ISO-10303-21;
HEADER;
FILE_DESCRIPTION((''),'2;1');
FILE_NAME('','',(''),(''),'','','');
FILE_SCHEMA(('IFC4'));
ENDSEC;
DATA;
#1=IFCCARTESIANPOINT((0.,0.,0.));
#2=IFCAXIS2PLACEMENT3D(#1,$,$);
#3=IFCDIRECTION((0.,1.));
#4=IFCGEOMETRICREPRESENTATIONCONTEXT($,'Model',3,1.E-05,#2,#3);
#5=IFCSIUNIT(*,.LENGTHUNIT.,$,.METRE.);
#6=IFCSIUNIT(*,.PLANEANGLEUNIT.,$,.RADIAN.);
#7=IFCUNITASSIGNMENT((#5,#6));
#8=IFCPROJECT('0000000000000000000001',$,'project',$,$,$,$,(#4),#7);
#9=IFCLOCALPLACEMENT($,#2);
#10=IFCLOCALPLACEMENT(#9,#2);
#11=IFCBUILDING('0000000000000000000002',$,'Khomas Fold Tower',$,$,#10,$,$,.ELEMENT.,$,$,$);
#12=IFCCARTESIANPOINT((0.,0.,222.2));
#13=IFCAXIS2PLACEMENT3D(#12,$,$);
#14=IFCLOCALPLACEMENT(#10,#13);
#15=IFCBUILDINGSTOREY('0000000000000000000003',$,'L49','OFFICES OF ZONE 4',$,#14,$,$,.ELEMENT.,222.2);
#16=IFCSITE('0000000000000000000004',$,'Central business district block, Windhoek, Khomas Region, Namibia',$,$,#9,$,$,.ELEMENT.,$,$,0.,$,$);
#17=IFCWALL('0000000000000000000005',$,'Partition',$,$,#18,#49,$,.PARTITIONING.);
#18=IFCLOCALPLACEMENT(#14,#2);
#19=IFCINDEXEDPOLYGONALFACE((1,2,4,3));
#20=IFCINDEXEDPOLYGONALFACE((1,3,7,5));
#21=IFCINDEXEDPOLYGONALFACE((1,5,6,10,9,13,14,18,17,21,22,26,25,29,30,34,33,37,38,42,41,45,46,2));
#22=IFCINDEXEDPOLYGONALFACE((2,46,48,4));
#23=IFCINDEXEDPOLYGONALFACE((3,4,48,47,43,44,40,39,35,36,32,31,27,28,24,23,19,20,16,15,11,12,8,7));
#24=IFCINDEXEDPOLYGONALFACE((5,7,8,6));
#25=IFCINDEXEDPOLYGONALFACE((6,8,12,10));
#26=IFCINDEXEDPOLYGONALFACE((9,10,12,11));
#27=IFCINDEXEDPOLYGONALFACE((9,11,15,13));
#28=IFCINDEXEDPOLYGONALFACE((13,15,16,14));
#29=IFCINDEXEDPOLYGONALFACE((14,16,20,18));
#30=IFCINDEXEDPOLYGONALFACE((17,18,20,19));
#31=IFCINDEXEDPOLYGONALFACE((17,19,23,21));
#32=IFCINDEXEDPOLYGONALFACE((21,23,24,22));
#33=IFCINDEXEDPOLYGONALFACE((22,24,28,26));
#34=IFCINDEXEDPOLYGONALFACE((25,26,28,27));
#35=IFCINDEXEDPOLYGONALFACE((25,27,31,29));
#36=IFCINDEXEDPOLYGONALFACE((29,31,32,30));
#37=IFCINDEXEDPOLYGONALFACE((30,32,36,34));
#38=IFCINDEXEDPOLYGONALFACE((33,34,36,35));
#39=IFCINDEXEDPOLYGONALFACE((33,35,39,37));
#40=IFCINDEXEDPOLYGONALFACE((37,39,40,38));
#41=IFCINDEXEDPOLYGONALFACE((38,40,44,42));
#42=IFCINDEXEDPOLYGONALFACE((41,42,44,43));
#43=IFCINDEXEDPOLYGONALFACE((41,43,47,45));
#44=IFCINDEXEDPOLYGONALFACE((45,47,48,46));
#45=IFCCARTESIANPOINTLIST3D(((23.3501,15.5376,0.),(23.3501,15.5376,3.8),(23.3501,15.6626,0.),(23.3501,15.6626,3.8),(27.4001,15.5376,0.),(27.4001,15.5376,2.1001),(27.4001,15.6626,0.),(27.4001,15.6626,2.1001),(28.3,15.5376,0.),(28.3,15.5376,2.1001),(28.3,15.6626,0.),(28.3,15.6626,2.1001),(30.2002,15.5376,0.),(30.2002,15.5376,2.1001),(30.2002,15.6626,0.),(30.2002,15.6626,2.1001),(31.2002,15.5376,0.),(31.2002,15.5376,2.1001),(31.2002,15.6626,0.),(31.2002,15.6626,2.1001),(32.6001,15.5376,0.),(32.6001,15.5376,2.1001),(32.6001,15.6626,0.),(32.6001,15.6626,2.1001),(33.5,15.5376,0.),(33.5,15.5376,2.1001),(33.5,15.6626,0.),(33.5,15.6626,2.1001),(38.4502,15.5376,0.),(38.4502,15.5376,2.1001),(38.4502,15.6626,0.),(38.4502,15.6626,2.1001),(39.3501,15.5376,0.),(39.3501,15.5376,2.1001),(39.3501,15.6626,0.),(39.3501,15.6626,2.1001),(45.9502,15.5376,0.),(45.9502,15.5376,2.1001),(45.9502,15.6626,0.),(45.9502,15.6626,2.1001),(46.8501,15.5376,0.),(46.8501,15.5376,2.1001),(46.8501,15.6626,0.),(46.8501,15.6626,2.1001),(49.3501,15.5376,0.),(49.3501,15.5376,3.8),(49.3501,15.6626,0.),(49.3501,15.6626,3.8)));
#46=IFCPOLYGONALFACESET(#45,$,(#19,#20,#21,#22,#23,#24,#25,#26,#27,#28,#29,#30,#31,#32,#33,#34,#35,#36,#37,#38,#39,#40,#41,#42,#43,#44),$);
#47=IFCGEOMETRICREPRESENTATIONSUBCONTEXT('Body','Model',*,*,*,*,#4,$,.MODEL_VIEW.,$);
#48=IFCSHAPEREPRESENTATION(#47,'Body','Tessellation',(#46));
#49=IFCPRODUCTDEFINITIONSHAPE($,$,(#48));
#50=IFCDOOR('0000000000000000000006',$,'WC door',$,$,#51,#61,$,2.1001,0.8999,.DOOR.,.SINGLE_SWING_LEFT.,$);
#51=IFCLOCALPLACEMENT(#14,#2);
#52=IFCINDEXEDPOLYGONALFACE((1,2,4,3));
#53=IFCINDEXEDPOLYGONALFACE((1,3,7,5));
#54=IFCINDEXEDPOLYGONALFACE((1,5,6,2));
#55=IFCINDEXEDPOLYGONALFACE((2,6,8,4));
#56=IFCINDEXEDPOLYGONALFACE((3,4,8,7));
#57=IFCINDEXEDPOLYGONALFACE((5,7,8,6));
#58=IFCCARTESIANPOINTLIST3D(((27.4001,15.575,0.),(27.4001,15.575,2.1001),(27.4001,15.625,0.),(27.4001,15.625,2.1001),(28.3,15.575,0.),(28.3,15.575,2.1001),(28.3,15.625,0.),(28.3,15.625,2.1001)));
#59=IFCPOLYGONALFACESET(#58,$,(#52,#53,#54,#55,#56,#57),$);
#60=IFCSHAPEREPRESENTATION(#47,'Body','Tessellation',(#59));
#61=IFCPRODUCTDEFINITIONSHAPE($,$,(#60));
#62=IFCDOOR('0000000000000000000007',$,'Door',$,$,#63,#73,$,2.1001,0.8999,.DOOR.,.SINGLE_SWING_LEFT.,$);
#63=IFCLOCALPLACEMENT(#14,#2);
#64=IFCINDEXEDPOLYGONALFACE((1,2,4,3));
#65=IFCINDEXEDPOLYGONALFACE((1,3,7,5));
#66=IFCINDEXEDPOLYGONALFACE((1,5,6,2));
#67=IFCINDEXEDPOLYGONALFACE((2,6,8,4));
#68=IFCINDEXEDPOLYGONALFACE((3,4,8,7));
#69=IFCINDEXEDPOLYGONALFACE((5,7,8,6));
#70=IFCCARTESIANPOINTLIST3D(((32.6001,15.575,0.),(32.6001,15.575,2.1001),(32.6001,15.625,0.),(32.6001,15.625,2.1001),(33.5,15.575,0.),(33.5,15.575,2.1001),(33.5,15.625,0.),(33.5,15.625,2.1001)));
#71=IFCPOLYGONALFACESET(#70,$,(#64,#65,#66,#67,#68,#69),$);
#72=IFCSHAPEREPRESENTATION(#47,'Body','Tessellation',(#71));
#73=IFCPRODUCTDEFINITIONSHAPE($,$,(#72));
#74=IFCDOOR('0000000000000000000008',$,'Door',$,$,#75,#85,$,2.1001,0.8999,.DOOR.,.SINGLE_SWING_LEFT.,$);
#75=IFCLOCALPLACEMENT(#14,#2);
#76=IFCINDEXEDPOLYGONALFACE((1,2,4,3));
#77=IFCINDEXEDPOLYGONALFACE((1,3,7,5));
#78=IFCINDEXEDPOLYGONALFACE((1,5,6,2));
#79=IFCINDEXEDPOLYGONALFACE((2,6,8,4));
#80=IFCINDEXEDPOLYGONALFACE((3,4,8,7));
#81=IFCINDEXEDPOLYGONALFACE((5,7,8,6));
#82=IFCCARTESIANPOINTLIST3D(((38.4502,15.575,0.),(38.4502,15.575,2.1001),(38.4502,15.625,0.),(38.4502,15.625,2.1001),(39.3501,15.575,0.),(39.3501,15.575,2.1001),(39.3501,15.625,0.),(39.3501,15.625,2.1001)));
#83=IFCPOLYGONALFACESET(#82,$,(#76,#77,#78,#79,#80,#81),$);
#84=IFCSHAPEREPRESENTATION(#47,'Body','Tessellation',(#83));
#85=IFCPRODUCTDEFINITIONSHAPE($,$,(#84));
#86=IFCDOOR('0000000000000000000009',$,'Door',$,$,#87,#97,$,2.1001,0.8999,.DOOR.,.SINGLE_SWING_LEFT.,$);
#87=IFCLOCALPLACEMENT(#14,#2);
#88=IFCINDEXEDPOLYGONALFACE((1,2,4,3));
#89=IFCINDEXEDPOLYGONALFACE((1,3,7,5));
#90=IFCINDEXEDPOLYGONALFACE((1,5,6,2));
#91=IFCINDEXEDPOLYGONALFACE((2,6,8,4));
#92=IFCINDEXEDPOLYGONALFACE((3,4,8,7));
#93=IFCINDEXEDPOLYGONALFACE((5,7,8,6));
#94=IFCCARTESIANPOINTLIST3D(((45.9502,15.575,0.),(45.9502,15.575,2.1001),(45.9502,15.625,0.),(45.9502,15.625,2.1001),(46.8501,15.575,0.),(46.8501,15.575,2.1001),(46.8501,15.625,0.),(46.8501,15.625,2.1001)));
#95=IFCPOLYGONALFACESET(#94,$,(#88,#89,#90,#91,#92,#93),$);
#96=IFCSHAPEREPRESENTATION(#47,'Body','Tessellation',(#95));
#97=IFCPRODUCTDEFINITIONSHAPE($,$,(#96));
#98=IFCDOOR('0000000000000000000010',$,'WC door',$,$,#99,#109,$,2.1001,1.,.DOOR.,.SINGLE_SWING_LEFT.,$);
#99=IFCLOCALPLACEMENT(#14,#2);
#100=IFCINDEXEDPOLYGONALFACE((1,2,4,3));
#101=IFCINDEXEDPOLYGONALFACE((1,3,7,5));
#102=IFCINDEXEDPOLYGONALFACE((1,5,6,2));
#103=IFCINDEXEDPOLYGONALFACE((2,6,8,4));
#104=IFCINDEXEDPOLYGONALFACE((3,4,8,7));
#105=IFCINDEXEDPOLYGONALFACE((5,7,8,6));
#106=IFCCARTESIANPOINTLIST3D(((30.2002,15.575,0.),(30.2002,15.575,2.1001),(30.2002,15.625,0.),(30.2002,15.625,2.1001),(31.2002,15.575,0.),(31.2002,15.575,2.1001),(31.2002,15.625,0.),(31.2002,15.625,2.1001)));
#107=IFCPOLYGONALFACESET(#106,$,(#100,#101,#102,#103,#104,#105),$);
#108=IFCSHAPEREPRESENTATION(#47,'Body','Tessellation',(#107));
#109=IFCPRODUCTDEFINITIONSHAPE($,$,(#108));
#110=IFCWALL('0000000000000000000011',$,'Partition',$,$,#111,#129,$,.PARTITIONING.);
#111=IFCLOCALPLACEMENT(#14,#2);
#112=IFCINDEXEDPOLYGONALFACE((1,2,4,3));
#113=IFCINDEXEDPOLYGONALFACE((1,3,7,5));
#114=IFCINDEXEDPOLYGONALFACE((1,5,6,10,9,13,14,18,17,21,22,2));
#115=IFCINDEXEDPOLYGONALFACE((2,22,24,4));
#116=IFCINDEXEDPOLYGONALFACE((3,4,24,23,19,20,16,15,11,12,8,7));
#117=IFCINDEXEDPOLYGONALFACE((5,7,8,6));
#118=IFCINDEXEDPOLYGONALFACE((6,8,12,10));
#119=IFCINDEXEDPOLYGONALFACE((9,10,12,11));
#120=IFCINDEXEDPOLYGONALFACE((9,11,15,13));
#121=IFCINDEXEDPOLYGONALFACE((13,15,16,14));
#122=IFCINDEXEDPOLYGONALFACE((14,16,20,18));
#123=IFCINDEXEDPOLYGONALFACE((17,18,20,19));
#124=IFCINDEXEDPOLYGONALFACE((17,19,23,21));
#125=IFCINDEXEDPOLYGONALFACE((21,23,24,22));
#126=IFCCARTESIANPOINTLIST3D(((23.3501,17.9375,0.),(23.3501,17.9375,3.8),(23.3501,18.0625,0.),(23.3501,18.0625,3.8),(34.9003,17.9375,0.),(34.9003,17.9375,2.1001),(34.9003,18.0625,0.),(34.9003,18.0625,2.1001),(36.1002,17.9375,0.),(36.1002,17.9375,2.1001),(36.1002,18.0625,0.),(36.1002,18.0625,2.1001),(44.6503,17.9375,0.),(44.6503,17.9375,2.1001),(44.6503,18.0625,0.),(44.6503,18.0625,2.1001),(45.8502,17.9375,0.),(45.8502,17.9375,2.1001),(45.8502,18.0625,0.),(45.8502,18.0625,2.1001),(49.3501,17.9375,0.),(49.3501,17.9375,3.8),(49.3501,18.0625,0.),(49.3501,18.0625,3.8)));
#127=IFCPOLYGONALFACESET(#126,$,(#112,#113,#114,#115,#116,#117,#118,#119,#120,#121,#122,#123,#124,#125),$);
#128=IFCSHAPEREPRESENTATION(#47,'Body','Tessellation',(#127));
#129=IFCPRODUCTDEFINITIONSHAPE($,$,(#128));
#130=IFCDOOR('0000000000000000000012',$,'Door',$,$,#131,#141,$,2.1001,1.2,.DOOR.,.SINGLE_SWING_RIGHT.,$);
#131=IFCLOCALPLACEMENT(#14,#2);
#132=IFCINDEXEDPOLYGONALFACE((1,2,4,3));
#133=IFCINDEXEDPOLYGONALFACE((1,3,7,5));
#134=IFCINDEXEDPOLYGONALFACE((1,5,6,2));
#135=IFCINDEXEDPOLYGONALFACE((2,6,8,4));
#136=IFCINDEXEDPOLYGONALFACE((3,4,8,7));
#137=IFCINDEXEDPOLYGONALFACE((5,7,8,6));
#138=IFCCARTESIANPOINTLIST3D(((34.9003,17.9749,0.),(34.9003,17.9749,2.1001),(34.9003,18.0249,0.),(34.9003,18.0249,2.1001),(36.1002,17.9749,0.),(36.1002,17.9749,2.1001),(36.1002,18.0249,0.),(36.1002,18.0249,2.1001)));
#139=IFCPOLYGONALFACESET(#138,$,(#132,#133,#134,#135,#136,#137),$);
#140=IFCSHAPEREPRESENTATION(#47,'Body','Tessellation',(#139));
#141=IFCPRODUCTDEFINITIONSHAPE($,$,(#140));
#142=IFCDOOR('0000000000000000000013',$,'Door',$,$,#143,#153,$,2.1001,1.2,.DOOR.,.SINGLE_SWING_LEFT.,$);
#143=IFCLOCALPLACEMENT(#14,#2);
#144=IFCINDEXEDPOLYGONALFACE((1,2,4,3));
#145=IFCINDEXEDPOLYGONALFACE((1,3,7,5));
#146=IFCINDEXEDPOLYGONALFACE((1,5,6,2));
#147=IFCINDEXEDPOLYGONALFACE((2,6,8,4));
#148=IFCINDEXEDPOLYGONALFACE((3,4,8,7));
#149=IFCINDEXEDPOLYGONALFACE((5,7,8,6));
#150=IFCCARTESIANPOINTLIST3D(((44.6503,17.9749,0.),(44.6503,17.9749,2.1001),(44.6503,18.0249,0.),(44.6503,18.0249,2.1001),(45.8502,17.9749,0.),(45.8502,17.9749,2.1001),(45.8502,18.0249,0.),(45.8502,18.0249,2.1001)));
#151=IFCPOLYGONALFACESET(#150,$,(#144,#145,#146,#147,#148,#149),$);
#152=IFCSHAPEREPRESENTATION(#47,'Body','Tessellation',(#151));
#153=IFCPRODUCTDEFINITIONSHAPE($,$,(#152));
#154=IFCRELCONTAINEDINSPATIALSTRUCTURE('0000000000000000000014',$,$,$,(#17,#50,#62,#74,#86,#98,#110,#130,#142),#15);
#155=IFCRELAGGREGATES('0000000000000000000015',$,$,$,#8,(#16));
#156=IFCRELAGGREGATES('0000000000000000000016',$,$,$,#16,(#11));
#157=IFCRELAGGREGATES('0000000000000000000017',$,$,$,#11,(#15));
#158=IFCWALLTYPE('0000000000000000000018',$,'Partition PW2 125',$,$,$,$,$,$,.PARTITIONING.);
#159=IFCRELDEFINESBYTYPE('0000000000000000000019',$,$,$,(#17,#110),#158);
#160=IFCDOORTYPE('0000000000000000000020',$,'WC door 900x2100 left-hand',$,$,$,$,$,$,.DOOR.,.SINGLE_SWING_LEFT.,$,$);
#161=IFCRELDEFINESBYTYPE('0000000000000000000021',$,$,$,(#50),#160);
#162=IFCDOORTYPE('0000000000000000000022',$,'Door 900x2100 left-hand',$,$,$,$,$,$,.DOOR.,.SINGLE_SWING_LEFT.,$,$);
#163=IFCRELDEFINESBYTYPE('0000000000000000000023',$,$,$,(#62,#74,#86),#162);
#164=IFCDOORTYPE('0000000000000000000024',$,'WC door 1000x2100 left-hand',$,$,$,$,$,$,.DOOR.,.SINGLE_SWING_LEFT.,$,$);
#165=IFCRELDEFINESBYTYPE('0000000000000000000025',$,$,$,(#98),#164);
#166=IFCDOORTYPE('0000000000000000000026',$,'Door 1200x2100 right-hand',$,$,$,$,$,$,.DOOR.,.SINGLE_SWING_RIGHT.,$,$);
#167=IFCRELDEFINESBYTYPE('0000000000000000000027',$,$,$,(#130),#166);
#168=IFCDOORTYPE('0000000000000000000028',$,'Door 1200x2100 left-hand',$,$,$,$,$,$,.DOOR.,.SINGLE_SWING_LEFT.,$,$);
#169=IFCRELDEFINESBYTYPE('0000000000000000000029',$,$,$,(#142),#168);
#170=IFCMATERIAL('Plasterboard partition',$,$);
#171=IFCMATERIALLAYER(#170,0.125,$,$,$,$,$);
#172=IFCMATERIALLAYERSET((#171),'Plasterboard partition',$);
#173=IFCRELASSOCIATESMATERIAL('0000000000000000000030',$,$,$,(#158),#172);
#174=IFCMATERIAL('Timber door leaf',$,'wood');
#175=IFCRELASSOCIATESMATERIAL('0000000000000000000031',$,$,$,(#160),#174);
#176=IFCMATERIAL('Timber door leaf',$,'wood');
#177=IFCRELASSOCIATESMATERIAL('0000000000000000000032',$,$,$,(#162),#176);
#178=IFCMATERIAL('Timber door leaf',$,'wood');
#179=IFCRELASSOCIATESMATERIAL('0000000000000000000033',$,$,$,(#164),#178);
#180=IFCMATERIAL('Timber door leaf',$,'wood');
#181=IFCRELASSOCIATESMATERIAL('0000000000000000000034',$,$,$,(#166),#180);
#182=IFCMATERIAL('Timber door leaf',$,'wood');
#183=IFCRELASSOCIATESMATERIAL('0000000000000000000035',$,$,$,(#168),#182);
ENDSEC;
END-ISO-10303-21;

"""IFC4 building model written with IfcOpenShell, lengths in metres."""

from ifc_helpers import new_model, si_unit, direction, frame, frame_2d, origin, place, context, subcontext, project, spatial, rectangle, extrude, source, transform, mapped, material, layer, layer_set, type_object, element, fill, save


model = new_model("IFC4")

# Units and contexts
model_context = context("Model", 3, precision=1e-05, world=origin(), true_north=direction((0.0, 1.0)))
body_context = subcontext(model_context, "Body", "Model", "MODEL_VIEW")
ifc_project = project(units=[si_unit("LENGTHUNIT", "METRE"), si_unit("PLANEANGLEUNIT", "RADIAN")], contexts=[model_context])

# Site, building, storey
site_placement = place(None, origin())
site = spatial("IfcSite", under=ifc_project, at=site_placement, Name="Central business district block, Windhoek, Khomas Region, Namibia", CompositionType="ELEMENT", RefElevation=0.0)
building_placement = place(site_placement, origin())
building = spatial("IfcBuilding", under=site, at=building_placement, Name="Khomas Fold Tower", CompositionType="ELEMENT")
storey_placement = place(building_placement, frame((0.0, 0.0, 222.2)))
storey = spatial("IfcBuildingStorey", under=building, at=storey_placement, Name="L49", Description="OFFICES OF ZONE 4", CompositionType="ELEMENT", Elevation=222.2)

# Walls, openings, doors
ifc_material_1 = material(Name="Plasterboard partition")
ifc_layer_1 = layer(ifc_material_1, 0.125)
ifc_layer_set_1 = layer_set([ifc_layer_1], Name="Plasterboard partition")
wall_type_1 = type_object("IfcWallType", Name="Partition PW2 125", PredefinedType="PARTITIONING", material=ifc_layer_set_1)
shared_shape_1 = source(origin(), body_context, "Body", "SweptSolid", [
    extrude(rectangle(XDim=26.0, YDim=0.125, at=frame_2d((13.0, 0.0))), origin(), (0.0, 0.0, 1.0), 3.8),
])
wall_1_placement = place(storey_placement, frame((23.3501, 15.6001, 0.0), z_axis=(0.0, 0.0, 1.0), x_axis=(1.0, 0.0, 0.0)))
wall_1 = element("IfcWall", 1, at=wall_1_placement, inside=storey, type_object=wall_type_1, Name="Partition", PredefinedType="PARTITIONING", context=body_context, shape_type="MappedRepresentation", body=[
    mapped(shared_shape_1, transform((0.0, 0.0, 0.0))),
])
shared_shape_2 = source(origin(), body_context, "Body", "SweptSolid", [
    extrude(rectangle(XDim=0.8999, YDim=2.1001, at=frame_2d((0.45, 1.05))), frame((0.0, 0.0725, 0.0), z_axis=(0.0, -1.0, 0.0), x_axis=(1.0, 0.0, 0.0)), (0.0, 0.0, 1.0), 0.145),
])
opening_1_placement = place(wall_1_placement, frame((4.05, 0.0, 0.0)))
opening_1 = element("IfcOpeningElement", 2, at=opening_1_placement, cuts=wall_1, PredefinedType="OPENING", context=body_context, shape_type="MappedRepresentation", body=[
    mapped(shared_shape_2, transform((0.0, 0.0, 0.0))),
])
shared_shape_3 = source(origin(), body_context, "Body", "SweptSolid", [
    extrude(rectangle(XDim=1.0, YDim=2.1001, at=frame_2d((0.5, 1.05))), frame((0.0, 0.0725, 0.0), z_axis=(0.0, -1.0, 0.0), x_axis=(1.0, 0.0, 0.0)), (0.0, 0.0, 1.0), 0.145),
])
opening_2_placement = place(wall_1_placement, frame((6.8501, 0.0, 0.0)))
opening_2 = element("IfcOpeningElement", 3, at=opening_2_placement, cuts=wall_1, PredefinedType="OPENING", context=body_context, shape_type="MappedRepresentation", body=[
    mapped(shared_shape_3, transform((0.0, 0.0, 0.0))),
])
opening_3_placement = place(wall_1_placement, frame((9.25, 0.0, 0.0)))
opening_3 = element("IfcOpeningElement", 4, at=opening_3_placement, cuts=wall_1, PredefinedType="OPENING", context=body_context, shape_type="MappedRepresentation", body=[
    mapped(shared_shape_2, transform((0.0, 0.0, 0.0))),
])
opening_4_placement = place(wall_1_placement, frame((15.1001, 0.0, 0.0)))
opening_4 = element("IfcOpeningElement", 5, at=opening_4_placement, cuts=wall_1, PredefinedType="OPENING", context=body_context, shape_type="MappedRepresentation", body=[
    mapped(shared_shape_2, transform((0.0, 0.0, 0.0))),
])
opening_5_placement = place(wall_1_placement, frame((22.6001, 0.0, 0.0)))
opening_5 = element("IfcOpeningElement", 6, at=opening_5_placement, cuts=wall_1, PredefinedType="OPENING", context=body_context, shape_type="MappedRepresentation", body=[
    mapped(shared_shape_2, transform((0.0, 0.0, 0.0))),
])
ifc_material_2 = material(Name="Timber door leaf", Category="wood")
door_type_1 = type_object("IfcDoorType", Name="WC door 900x2100 left-hand", OperationType="SINGLE_SWING_LEFT", PredefinedType="DOOR", material=ifc_material_2)
shared_shape_4 = source(origin(), body_context, "Body", "SweptSolid", [
    extrude(rectangle(XDim=0.8999, YDim=2.1001, at=frame_2d((0.45, 1.05))), frame((0.0, 0.0249, 0.0), z_axis=(0.0, -1.0, 0.0), x_axis=(1.0, 0.0, 0.0)), (0.0, 0.0, 1.0), 0.05),
])
door_1_placement = place(opening_1_placement, origin())
door_1 = element("IfcDoor", 7, at=door_1_placement, inside=storey, type_object=door_type_1, Name="WC door", OperationType="SINGLE_SWING_LEFT", OverallHeight=2.1001, OverallWidth=0.8999, PredefinedType="DOOR", context=body_context, shape_type="MappedRepresentation", body=[
    mapped(shared_shape_4, transform((0.0, 0.0, 0.0))),
])
fill(opening_1, door_1)
ifc_material_3 = material(Name="Timber door leaf", Category="wood")
door_type_2 = type_object("IfcDoorType", Name="Door 900x2100 left-hand", OperationType="SINGLE_SWING_LEFT", PredefinedType="DOOR", material=ifc_material_3)
door_2_placement = place(opening_3_placement, origin())
door_2 = element("IfcDoor", 8, at=door_2_placement, inside=storey, type_object=door_type_2, Name="Door", OperationType="SINGLE_SWING_LEFT", OverallHeight=2.1001, OverallWidth=0.8999, PredefinedType="DOOR", context=body_context, shape_type="MappedRepresentation", body=[
    mapped(shared_shape_4, transform((0.0, 0.0, 0.0))),
])
fill(opening_3, door_2)
door_3_placement = place(opening_4_placement, origin())
door_3 = element("IfcDoor", 9, at=door_3_placement, inside=storey, type_object=door_type_2, Name="Door", OperationType="SINGLE_SWING_LEFT", OverallHeight=2.1001, OverallWidth=0.8999, PredefinedType="DOOR", context=body_context, shape_type="MappedRepresentation", body=[
    mapped(shared_shape_4, transform((0.0, 0.0, 0.0))),
])
fill(opening_4, door_3)
door_4_placement = place(opening_5_placement, origin())
door_4 = element("IfcDoor", 10, at=door_4_placement, inside=storey, type_object=door_type_2, Name="Door", OperationType="SINGLE_SWING_LEFT", OverallHeight=2.1001, OverallWidth=0.8999, PredefinedType="DOOR", context=body_context, shape_type="MappedRepresentation", body=[
    mapped(shared_shape_4, transform((0.0, 0.0, 0.0))),
])
fill(opening_5, door_4)
ifc_material_4 = material(Name="Timber door leaf", Category="wood")
door_type_3 = type_object("IfcDoorType", Name="WC door 1000x2100 left-hand", OperationType="SINGLE_SWING_LEFT", PredefinedType="DOOR", material=ifc_material_4)
shared_shape_5 = source(origin(), body_context, "Body", "SweptSolid", [
    extrude(rectangle(XDim=1.0, YDim=2.1001, at=frame_2d((0.5, 1.05))), frame((0.0, 0.0249, 0.0), z_axis=(0.0, -1.0, 0.0), x_axis=(1.0, 0.0, 0.0)), (0.0, 0.0, 1.0), 0.05),
])
door_5_placement = place(opening_2_placement, origin())
door_5 = element("IfcDoor", 11, at=door_5_placement, inside=storey, type_object=door_type_3, Name="WC door", OperationType="SINGLE_SWING_LEFT", OverallHeight=2.1001, OverallWidth=1.0, PredefinedType="DOOR", context=body_context, shape_type="MappedRepresentation", body=[
    mapped(shared_shape_5, transform((0.0, 0.0, 0.0))),
])
fill(opening_2, door_5)
wall_2_placement = place(storey_placement, frame((23.3501, 18.0, 0.0), z_axis=(0.0, 0.0, 1.0), x_axis=(1.0, 0.0, 0.0)))
wall_2 = element("IfcWall", 12, at=wall_2_placement, inside=storey, type_object=wall_type_1, Name="Partition", PredefinedType="PARTITIONING", context=body_context, shape_type="MappedRepresentation", body=[
    mapped(shared_shape_1, transform((0.0, 0.0, 0.0))),
])
shared_shape_6 = source(origin(), body_context, "Body", "SweptSolid", [
    extrude(rectangle(XDim=1.2, YDim=2.1001, at=frame_2d((0.6001, 1.05))), frame((0.0, 0.0725, 0.0), z_axis=(0.0, -1.0, 0.0), x_axis=(1.0, 0.0, 0.0)), (0.0, 0.0, 1.0), 0.145),
])
opening_6_placement = place(wall_2_placement, frame((11.55, 0.0, 0.0)))
opening_6 = element("IfcOpeningElement", 13, at=opening_6_placement, cuts=wall_2, PredefinedType="OPENING", context=body_context, shape_type="MappedRepresentation", body=[
    mapped(shared_shape_6, transform((0.0, 0.0, 0.0))),
])
opening_7_placement = place(wall_2_placement, frame((21.3, 0.0, 0.0)))
opening_7 = element("IfcOpeningElement", 14, at=opening_7_placement, cuts=wall_2, PredefinedType="OPENING", context=body_context, shape_type="MappedRepresentation", body=[
    mapped(shared_shape_6, transform((0.0, 0.0, 0.0))),
])
ifc_material_5 = material(Name="Timber door leaf", Category="wood")
door_type_4 = type_object("IfcDoorType", Name="Door 1200x2100 right-hand", OperationType="SINGLE_SWING_RIGHT", PredefinedType="DOOR", material=ifc_material_5)
shared_shape_7 = source(origin(), body_context, "Body", "SweptSolid", [
    extrude(rectangle(XDim=1.2, YDim=2.1001, at=frame_2d((0.6001, 1.05))), frame((0.0, 0.0249, 0.0), z_axis=(0.0, -1.0, 0.0), x_axis=(1.0, 0.0, 0.0)), (0.0, 0.0, 1.0), 0.05),
])
door_6_placement = place(opening_6_placement, origin())
door_6 = element("IfcDoor", 15, at=door_6_placement, inside=storey, type_object=door_type_4, Name="Door", OperationType="SINGLE_SWING_RIGHT", OverallHeight=2.1001, OverallWidth=1.2, PredefinedType="DOOR", context=body_context, shape_type="MappedRepresentation", body=[
    mapped(shared_shape_7, transform((0.0, 0.0, 0.0))),
])
fill(opening_6, door_6)
ifc_material_6 = material(Name="Timber door leaf", Category="wood")
door_type_5 = type_object("IfcDoorType", Name="Door 1200x2100 left-hand", OperationType="SINGLE_SWING_LEFT", PredefinedType="DOOR", material=ifc_material_6)
door_7_placement = place(opening_7_placement, origin())
door_7 = element("IfcDoor", 16, at=door_7_placement, inside=storey, type_object=door_type_5, Name="Door", OperationType="SINGLE_SWING_LEFT", OverallHeight=2.1001, OverallWidth=1.2, PredefinedType="DOOR", context=body_context, shape_type="MappedRepresentation", body=[
    mapped(shared_shape_7, transform((0.0, 0.0, 0.0))),
])
fill(opening_7, door_7)

save(model, "model.ifc")
